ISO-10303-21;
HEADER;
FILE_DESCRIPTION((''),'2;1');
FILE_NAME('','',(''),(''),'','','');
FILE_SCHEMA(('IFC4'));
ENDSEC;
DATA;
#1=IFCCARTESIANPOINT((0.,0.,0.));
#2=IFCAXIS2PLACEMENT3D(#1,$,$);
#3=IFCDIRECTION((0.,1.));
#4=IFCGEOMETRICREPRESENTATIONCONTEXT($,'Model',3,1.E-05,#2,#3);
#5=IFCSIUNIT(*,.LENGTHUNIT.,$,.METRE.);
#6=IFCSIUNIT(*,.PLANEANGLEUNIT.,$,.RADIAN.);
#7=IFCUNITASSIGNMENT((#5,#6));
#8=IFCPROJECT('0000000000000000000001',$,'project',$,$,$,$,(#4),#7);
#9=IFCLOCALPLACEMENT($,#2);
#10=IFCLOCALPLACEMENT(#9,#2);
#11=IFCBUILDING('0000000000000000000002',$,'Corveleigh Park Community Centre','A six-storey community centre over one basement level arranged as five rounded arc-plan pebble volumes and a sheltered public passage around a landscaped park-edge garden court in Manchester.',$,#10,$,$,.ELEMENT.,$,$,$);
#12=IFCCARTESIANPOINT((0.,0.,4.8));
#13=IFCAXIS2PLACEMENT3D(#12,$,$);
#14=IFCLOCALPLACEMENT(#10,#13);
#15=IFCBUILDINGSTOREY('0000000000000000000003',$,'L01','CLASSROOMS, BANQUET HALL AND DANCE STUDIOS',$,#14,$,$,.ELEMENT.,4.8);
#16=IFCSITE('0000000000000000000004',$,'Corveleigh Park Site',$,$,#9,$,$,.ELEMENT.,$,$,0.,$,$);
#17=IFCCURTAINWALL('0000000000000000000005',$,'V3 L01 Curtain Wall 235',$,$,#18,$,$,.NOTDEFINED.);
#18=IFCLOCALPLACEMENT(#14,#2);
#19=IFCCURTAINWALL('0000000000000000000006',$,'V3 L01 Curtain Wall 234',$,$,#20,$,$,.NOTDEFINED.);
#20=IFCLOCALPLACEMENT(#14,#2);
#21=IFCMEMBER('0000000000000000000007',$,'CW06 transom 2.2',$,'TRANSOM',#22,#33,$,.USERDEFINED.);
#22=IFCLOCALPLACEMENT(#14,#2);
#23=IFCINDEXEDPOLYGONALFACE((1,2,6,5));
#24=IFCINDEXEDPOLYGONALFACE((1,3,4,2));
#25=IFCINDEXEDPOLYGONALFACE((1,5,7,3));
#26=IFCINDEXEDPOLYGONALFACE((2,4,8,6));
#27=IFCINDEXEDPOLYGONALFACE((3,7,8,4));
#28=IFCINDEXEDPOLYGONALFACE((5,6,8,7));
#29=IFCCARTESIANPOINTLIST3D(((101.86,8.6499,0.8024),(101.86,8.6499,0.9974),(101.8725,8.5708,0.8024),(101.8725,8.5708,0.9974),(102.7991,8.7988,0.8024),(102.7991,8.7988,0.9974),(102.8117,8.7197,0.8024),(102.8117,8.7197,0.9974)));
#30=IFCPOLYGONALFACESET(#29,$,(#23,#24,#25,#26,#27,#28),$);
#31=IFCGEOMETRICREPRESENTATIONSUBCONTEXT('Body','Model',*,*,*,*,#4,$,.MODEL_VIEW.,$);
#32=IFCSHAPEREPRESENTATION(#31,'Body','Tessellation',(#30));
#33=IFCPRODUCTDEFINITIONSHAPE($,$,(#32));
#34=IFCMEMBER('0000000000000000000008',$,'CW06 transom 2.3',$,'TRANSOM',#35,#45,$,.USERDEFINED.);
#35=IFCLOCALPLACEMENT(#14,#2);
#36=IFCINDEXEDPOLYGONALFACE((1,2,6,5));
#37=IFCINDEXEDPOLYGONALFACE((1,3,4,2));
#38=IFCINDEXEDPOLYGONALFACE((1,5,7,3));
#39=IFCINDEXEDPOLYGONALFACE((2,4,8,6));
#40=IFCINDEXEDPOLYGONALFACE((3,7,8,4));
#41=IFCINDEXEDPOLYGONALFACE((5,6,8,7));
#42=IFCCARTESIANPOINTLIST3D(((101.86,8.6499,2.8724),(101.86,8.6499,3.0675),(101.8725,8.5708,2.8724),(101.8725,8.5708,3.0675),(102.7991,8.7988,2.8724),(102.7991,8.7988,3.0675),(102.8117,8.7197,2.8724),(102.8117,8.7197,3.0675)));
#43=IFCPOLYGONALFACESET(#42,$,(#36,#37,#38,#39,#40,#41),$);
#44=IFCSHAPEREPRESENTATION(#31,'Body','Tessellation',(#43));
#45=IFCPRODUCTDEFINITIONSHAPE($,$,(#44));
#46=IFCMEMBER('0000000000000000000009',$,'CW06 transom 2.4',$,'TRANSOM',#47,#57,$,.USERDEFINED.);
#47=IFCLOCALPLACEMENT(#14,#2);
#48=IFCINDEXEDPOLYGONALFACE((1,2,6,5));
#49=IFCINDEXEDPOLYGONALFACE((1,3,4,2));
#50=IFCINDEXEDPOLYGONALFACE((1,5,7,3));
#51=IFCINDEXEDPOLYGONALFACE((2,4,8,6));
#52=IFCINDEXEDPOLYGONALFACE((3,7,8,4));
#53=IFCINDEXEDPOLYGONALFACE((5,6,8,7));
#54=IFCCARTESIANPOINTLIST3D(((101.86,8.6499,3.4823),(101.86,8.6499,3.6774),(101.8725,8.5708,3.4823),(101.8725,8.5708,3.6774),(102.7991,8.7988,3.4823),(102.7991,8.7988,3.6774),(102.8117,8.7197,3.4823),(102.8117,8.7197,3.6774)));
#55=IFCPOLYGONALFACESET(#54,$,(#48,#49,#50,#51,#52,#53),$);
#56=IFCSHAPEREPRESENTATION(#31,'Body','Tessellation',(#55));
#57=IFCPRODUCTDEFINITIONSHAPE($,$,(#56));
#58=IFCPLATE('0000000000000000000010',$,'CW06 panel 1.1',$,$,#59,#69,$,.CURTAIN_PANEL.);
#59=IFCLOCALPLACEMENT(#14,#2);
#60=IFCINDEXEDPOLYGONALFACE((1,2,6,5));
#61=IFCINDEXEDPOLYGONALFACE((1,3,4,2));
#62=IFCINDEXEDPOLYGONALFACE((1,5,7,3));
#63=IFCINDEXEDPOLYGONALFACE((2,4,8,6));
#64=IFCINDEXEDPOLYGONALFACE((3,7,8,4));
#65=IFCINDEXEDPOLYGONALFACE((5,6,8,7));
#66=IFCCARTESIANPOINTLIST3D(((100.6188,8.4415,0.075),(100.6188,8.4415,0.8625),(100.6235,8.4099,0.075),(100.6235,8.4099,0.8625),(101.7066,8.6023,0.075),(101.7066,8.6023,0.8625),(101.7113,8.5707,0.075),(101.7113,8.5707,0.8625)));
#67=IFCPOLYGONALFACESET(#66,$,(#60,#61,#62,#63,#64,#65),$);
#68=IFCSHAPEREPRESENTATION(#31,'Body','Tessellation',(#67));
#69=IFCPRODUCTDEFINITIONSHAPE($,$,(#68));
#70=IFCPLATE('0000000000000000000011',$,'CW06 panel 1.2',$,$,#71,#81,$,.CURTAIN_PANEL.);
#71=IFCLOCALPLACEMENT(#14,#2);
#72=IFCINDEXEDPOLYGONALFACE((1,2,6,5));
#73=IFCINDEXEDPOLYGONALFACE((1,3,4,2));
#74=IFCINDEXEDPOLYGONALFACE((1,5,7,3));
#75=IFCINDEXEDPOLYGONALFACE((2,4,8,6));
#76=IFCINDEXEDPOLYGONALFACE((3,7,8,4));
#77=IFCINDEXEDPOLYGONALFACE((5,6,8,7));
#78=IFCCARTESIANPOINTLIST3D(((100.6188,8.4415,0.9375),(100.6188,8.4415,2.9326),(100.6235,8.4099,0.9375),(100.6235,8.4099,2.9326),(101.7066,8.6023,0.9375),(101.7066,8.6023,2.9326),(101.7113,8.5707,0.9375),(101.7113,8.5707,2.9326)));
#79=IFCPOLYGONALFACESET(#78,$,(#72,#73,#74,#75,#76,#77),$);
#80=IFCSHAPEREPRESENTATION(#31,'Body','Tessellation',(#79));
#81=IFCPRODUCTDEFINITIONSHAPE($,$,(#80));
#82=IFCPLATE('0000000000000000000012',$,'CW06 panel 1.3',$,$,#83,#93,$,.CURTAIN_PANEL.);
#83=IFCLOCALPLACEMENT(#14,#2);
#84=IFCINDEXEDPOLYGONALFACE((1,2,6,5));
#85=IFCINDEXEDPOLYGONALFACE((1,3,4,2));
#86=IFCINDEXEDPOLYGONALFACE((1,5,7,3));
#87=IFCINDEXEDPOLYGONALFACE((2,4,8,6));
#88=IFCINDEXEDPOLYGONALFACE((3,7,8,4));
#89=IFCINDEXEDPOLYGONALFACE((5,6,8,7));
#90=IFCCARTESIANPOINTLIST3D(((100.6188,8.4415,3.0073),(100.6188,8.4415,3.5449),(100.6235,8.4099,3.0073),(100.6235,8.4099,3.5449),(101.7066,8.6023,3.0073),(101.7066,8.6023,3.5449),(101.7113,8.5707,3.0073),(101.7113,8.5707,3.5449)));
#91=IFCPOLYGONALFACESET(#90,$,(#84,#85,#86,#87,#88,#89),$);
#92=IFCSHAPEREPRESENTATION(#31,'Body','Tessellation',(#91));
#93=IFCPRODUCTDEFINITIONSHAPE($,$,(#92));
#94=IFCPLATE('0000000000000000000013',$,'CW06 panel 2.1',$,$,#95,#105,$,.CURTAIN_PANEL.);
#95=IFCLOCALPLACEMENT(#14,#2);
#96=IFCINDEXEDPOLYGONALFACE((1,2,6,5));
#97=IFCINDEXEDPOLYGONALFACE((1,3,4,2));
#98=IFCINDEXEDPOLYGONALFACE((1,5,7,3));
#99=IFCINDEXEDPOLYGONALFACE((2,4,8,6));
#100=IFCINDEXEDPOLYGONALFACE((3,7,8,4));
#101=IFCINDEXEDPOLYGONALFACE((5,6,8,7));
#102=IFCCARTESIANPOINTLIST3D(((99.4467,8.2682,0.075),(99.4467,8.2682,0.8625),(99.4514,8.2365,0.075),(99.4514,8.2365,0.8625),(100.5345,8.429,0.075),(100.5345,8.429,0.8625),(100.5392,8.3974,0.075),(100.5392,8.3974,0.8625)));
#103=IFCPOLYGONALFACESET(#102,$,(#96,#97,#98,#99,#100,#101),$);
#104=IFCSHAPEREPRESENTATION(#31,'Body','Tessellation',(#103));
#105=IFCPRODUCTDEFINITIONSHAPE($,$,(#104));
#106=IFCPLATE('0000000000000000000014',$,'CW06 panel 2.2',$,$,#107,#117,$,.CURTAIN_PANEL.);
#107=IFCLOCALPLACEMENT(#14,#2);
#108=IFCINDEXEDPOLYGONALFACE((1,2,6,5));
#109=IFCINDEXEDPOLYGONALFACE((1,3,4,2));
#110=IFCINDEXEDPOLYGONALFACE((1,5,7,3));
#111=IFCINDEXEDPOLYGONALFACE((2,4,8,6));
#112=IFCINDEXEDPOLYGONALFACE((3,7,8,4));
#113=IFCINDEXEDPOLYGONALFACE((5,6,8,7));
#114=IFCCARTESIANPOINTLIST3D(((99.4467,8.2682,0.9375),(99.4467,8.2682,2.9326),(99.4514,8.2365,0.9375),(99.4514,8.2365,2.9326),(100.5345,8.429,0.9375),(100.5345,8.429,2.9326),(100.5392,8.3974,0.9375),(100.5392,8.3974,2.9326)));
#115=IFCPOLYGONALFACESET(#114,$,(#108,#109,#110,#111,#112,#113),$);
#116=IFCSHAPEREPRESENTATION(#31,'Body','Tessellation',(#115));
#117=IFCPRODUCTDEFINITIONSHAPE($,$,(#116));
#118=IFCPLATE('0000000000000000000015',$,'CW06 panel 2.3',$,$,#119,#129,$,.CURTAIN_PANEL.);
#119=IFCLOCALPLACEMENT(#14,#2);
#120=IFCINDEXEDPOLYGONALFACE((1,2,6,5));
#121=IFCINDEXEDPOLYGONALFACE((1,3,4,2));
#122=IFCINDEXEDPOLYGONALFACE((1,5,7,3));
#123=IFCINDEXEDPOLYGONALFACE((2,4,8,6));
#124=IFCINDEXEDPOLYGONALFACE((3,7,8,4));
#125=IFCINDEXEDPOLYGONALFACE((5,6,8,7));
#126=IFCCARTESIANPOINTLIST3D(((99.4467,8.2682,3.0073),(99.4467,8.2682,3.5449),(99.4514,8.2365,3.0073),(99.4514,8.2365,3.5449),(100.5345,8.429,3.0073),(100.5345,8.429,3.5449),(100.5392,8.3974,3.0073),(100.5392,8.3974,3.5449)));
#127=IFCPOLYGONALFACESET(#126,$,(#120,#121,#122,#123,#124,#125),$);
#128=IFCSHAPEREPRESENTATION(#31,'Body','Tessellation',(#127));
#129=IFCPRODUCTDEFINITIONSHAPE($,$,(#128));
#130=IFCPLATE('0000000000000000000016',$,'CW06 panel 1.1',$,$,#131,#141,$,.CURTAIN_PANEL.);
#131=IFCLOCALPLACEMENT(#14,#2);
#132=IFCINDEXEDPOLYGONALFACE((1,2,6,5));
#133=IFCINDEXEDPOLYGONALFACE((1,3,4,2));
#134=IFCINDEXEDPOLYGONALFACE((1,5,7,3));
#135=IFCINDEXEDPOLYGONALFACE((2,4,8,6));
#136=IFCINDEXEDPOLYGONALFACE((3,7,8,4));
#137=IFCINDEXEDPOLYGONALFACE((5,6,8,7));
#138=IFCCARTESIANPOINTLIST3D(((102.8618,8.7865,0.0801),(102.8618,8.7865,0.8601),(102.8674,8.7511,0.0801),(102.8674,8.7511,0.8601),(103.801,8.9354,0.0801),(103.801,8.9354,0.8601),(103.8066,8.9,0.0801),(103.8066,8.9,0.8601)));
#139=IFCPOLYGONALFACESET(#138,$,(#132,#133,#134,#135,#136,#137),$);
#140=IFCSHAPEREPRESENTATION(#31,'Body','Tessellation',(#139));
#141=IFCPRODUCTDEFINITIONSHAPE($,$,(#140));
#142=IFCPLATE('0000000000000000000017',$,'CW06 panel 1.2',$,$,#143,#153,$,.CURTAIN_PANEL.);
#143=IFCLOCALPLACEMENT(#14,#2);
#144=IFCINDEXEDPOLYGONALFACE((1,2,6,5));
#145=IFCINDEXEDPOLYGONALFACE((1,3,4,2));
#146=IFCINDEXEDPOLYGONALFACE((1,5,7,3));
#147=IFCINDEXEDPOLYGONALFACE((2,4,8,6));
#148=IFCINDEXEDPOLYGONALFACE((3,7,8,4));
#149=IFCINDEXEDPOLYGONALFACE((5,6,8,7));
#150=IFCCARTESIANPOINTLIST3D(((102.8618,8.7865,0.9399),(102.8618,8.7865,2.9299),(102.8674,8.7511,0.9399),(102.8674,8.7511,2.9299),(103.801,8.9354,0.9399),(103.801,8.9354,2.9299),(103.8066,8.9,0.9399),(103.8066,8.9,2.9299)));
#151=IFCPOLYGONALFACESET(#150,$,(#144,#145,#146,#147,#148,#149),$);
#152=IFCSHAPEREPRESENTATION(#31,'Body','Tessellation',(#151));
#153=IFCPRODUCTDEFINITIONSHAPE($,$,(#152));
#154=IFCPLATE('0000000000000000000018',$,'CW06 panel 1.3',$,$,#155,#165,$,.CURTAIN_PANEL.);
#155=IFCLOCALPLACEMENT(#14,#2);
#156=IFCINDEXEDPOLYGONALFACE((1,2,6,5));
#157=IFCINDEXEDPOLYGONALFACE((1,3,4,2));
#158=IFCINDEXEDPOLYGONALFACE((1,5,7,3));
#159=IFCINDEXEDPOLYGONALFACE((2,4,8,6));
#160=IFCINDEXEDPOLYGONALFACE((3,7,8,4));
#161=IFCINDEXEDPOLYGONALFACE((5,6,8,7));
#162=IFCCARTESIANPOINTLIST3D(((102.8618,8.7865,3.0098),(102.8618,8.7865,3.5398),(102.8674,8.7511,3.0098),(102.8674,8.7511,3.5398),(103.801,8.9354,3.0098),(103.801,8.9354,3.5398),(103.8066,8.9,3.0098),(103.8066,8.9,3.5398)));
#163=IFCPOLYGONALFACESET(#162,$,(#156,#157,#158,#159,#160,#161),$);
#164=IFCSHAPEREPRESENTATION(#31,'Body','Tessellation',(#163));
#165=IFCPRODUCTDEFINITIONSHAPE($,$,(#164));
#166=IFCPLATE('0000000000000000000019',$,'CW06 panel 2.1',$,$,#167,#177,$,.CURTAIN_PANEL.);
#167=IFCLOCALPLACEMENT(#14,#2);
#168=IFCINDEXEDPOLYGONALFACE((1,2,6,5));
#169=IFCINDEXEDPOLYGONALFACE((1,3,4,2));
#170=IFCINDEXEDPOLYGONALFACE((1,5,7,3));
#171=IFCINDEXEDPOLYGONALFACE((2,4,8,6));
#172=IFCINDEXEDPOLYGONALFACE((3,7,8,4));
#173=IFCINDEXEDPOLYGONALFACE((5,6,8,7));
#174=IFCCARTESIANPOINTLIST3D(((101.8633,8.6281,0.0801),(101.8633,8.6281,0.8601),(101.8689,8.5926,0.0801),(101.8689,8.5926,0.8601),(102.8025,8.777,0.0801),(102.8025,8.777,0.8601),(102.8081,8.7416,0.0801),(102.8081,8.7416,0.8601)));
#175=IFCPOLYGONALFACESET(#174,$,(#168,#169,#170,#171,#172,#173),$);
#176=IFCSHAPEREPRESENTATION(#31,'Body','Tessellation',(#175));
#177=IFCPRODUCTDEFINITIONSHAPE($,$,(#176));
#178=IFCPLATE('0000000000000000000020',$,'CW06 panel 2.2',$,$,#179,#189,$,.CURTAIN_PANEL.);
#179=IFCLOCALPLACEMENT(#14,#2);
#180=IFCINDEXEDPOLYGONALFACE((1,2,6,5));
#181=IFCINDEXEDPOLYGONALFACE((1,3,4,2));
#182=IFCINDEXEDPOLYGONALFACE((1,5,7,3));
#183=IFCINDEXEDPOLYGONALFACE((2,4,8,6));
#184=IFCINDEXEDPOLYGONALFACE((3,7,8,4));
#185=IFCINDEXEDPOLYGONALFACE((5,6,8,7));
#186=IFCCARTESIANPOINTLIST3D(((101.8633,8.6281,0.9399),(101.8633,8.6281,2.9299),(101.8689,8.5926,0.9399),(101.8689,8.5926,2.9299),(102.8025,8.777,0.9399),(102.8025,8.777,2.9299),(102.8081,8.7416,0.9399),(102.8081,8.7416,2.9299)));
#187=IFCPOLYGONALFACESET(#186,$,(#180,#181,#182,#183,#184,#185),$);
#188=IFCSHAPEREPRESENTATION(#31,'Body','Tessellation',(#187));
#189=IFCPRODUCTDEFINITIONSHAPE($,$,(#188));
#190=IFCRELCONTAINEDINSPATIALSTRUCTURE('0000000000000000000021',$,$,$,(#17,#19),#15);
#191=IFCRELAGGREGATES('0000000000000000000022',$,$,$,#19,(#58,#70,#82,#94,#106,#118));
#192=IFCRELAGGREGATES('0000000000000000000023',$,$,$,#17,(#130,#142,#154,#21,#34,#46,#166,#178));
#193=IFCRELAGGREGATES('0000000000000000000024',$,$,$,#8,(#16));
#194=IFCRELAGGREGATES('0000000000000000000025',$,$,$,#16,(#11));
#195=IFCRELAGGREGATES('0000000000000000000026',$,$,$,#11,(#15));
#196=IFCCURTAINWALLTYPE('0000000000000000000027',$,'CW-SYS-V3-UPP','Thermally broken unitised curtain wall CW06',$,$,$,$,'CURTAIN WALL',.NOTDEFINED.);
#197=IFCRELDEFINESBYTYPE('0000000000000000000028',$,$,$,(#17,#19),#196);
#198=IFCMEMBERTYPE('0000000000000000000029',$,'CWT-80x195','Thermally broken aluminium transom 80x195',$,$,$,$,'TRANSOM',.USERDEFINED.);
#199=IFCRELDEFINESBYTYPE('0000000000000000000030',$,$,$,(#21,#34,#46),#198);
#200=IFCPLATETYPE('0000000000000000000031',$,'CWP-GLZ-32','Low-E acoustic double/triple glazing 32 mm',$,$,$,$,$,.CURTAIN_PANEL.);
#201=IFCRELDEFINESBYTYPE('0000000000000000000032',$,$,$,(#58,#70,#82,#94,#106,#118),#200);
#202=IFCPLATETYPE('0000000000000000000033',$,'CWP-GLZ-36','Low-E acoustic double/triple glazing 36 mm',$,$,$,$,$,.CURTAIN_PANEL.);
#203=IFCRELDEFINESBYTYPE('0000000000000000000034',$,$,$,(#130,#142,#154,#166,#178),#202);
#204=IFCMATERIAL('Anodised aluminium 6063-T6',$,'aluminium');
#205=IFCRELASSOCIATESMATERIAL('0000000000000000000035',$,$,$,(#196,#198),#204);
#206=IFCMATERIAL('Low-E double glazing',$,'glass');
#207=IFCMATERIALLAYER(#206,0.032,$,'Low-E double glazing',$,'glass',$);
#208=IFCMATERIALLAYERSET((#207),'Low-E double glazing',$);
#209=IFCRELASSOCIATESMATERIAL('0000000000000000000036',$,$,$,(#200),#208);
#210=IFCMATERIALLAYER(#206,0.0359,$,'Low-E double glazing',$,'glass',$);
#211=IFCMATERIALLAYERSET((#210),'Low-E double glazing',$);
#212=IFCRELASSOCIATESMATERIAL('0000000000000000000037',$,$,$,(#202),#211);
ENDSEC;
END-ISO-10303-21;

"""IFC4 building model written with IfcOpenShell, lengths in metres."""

from ifc_helpers import new_model, si_unit, direction, frame, origin, origin_2d, place, context, subcontext, project, spatial, rectangle, extrude, material, layer, layer_set, material_profile, profile_set, type_object, element, aggregate, save


model = new_model("IFC4")

# Units and contexts
model_context = context("Model", 3, precision=1e-05, world=origin(), true_north=direction((0.0, 1.0)))
body_context = subcontext(model_context, "Body", "Model", "MODEL_VIEW")
ifc_project = project(units=[si_unit("LENGTHUNIT", "METRE"), si_unit("PLANEANGLEUNIT", "RADIAN")], contexts=[model_context])

# Site, building, storey
site_placement = place(None, origin())
site = spatial("IfcSite", under=ifc_project, at=site_placement, Name="Corveleigh Park Site", CompositionType="ELEMENT", RefElevation=0.0)
building_placement = place(site_placement, origin())
building = spatial("IfcBuilding", under=site, at=building_placement, Name="Corveleigh Park Community Centre", Description="A six-storey community centre over one basement level arranged as five rounded arc-plan pebble volumes and a sheltered public passage around a landscaped park-edge garden court in Manchester.", CompositionType="ELEMENT")
storey_placement = place(building_placement, frame((0.0, 0.0, 4.8)))
storey = spatial("IfcBuildingStorey", under=building, at=storey_placement, Name="L01", Description="CLASSROOMS, BANQUET HALL AND DANCE STUDIOS", CompositionType="ELEMENT", Elevation=4.8)

# Curtain walls
ifc_material_1 = material(Name="Anodised aluminium 6063-T6", Category="aluminium")
curtain_wall_type = type_object("IfcCurtainWallType", Name="CW-SYS-V3-UPP", Description="Thermally broken unitised curtain wall CW06", ElementType="CURTAIN WALL", PredefinedType="NOTDEFINED", material=ifc_material_1)
curtain_wall_1_placement = place(storey_placement, origin())
curtain_wall_1 = element("IfcCurtainWall", 1, at=curtain_wall_1_placement, inside=storey, type_object=curtain_wall_type, Name="V3 L01 Curtain Wall 235", PredefinedType="NOTDEFINED")
curtain_wall_2_placement = place(storey_placement, origin())
curtain_wall_2 = element("IfcCurtainWall", 2, at=curtain_wall_2_placement, inside=storey, type_object=curtain_wall_type, Name="V3 L01 Curtain Wall 234", PredefinedType="NOTDEFINED")

# Members
ifc_material_profile_1 = material_profile(ifc_material_1, rectangle(XDim=0.0801, YDim=0.1951, at=origin_2d()), Name="ALU-T80x195", Category="aluminium")
ifc_profile_set_1 = profile_set([ifc_material_profile_1], Name="Anodised aluminium 6063-T6")
member_type_1 = type_object("IfcMemberType", Name="CWT-80x195", Description="Thermally broken aluminium transom 80x195", ElementType="TRANSOM", PredefinedType="USERDEFINED", material=ifc_profile_set_1)
member_1_placement = place(storey_placement, frame((102.8054, 8.7593, 0.8999), z_axis=(-0.987661, -0.156609, 0.0), x_axis=(0.156609, -0.987661, 0.0)))
member_1 = element("IfcMember", 3, at=member_1_placement, type_object=member_type_1, Name="CW06 transom 2.2", ObjectType="TRANSOM", PredefinedType="USERDEFINED", context=body_context, shape_type="SweptSolid", body=[
    extrude(rectangle(XDim=0.0801, YDim=0.1951, at=origin_2d()), origin(), (0.0, 0.0, 1.0), 0.9509),
])
member_2_placement = place(storey_placement, frame((102.8054, 8.7593, 2.97), z_axis=(-0.987661, -0.156609, 0.0), x_axis=(0.156609, -0.987661, 0.0)))
member_2 = element("IfcMember", 4, at=member_2_placement, type_object=member_type_1, Name="CW06 transom 2.3", ObjectType="TRANSOM", PredefinedType="USERDEFINED", context=body_context, shape_type="SweptSolid", body=[
    extrude(rectangle(XDim=0.0801, YDim=0.1951, at=origin_2d()), origin(), (0.0, 0.0, 1.0), 0.9509),
])
member_3_placement = place(storey_placement, frame((102.8054, 8.7593, 3.5798), z_axis=(-0.987661, -0.156609, 0.0), x_axis=(0.156609, -0.987661, 0.0)))
member_3 = element("IfcMember", 5, at=member_3_placement, type_object=member_type_1, Name="CW06 transom 2.4", ObjectType="TRANSOM", PredefinedType="USERDEFINED", context=body_context, shape_type="SweptSolid", body=[
    extrude(rectangle(XDim=0.0801, YDim=0.1951, at=origin_2d()), origin(), (0.0, 0.0, 1.0), 0.9509),
])

# Plates
ifc_material_2 = material(Name="Low-E double glazing", Category="glass")
ifc_layer_1 = layer(ifc_material_2, 0.032, Name="Low-E double glazing", Category="glass")
ifc_layer_set_1 = layer_set([ifc_layer_1], Name="Low-E double glazing")
plate_type_1 = type_object("IfcPlateType", Name="CWP-GLZ-32", Description="Low-E acoustic double/triple glazing 32 mm", PredefinedType="CURTAIN_PANEL", material=ifc_layer_set_1)
plate_1_placement = place(storey_placement, frame((101.165, 8.5061, 0.075), z_axis=(0.0, 0.0, 1.0), x_axis=(-0.989245, -0.146268, 0.0)))
plate_1 = element("IfcPlate", 6, at=plate_1_placement, type_object=plate_type_1, Name="CW06 panel 1.1", PredefinedType="CURTAIN_PANEL", context=body_context, shape_type="SweptSolid", body=[
    extrude(rectangle(XDim=1.0996, YDim=0.032, at=origin_2d()), origin(), (0.0, 0.0, 1.0), 0.7876),
])
plate_2_placement = place(storey_placement, frame((101.165, 8.5061, 0.9375), z_axis=(0.0, 0.0, 1.0), x_axis=(-0.989245, -0.146268, 0.0)))
plate_2 = element("IfcPlate", 7, at=plate_2_placement, type_object=plate_type_1, Name="CW06 panel 1.2", PredefinedType="CURTAIN_PANEL", context=body_context, shape_type="SweptSolid", body=[
    extrude(rectangle(XDim=1.0996, YDim=0.032, at=origin_2d()), origin(), (0.0, 0.0, 1.0), 1.9951),
])
plate_3_placement = place(storey_placement, frame((101.165, 8.5061, 3.0073), z_axis=(0.0, 0.0, 1.0), x_axis=(-0.989245, -0.146268, 0.0)))
plate_3 = element("IfcPlate", 8, at=plate_3_placement, type_object=plate_type_1, Name="CW06 panel 1.3", PredefinedType="CURTAIN_PANEL", context=body_context, shape_type="SweptSolid", body=[
    extrude(rectangle(XDim=1.0996, YDim=0.032, at=origin_2d()), origin(), (0.0, 0.0, 1.0), 0.5376),
])
plate_4_placement = place(storey_placement, frame((99.9929, 8.3328, 0.075), z_axis=(0.0, 0.0, 1.0), x_axis=(-0.989245, -0.146268, 0.0)))
plate_4 = element("IfcPlate", 9, at=plate_4_placement, type_object=plate_type_1, Name="CW06 panel 2.1", PredefinedType="CURTAIN_PANEL", context=body_context, shape_type="SweptSolid", body=[
    extrude(rectangle(XDim=1.0996, YDim=0.032, at=origin_2d()), origin(), (0.0, 0.0, 1.0), 0.7876),
])
plate_5_placement = place(storey_placement, frame((99.9929, 8.3328, 0.9375), z_axis=(0.0, 0.0, 1.0), x_axis=(-0.989245, -0.146268, 0.0)))
plate_5 = element("IfcPlate", 10, at=plate_5_placement, type_object=plate_type_1, Name="CW06 panel 2.2", PredefinedType="CURTAIN_PANEL", context=body_context, shape_type="SweptSolid", body=[
    extrude(rectangle(XDim=1.0996, YDim=0.032, at=origin_2d()), origin(), (0.0, 0.0, 1.0), 1.9951),
])
plate_6_placement = place(storey_placement, frame((99.9929, 8.3328, 3.0073), z_axis=(0.0, 0.0, 1.0), x_axis=(-0.989245, -0.146268, 0.0)))
plate_6 = element("IfcPlate", 11, at=plate_6_placement, type_object=plate_type_1, Name="CW06 panel 2.3", PredefinedType="CURTAIN_PANEL", context=body_context, shape_type="SweptSolid", body=[
    extrude(rectangle(XDim=1.0996, YDim=0.032, at=origin_2d()), origin(), (0.0, 0.0, 1.0), 0.5376),
])
aggregate(curtain_wall_2, [plate_1, plate_2, plate_3, plate_4, plate_5, plate_6])
ifc_layer_2 = layer(ifc_material_2, 0.0359, Name="Low-E double glazing", Category="glass")
ifc_layer_set_2 = layer_set([ifc_layer_2], Name="Low-E double glazing")
plate_type_2 = type_object("IfcPlateType", Name="CWP-GLZ-36", Description="Low-E acoustic double/triple glazing 36 mm", PredefinedType="CURTAIN_PANEL", material=ifc_layer_set_2)
plate_7_placement = place(storey_placement, frame((103.3342, 8.8433, 0.0801), z_axis=(0.0, 0.0, 1.0), x_axis=(-0.987661, -0.156604, 0.0)))
plate_7 = element("IfcPlate", 12, at=plate_7_placement, type_object=plate_type_2, Name="CW06 panel 1.1", PredefinedType="CURTAIN_PANEL", context=body_context, shape_type="SweptSolid", body=[
    extrude(rectangle(XDim=0.9509, YDim=0.0359, at=origin_2d()), origin(), (0.0, 0.0, 1.0), 0.78),
])
plate_8_placement = place(storey_placement, frame((103.3342, 8.8433, 0.9399), z_axis=(0.0, 0.0, 1.0), x_axis=(-0.987661, -0.156604, 0.0)))
plate_8 = element("IfcPlate", 13, at=plate_8_placement, type_object=plate_type_2, Name="CW06 panel 1.2", PredefinedType="CURTAIN_PANEL", context=body_context, shape_type="SweptSolid", body=[
    extrude(rectangle(XDim=0.9509, YDim=0.0359, at=origin_2d()), origin(), (0.0, 0.0, 1.0), 1.99),
])
plate_9_placement = place(storey_placement, frame((103.3342, 8.8433, 3.0098), z_axis=(0.0, 0.0, 1.0), x_axis=(-0.987661, -0.156604, 0.0)))
plate_9 = element("IfcPlate", 14, at=plate_9_placement, type_object=plate_type_2, Name="CW06 panel 1.3", PredefinedType="CURTAIN_PANEL", context=body_context, shape_type="SweptSolid", body=[
    extrude(rectangle(XDim=0.9509, YDim=0.0359, at=origin_2d()), origin(), (0.0, 0.0, 1.0), 0.53),
])
plate_10_placement = place(storey_placement, frame((102.3357, 8.6848, 0.0801), z_axis=(0.0, 0.0, 1.0), x_axis=(-0.987661, -0.156604, 0.0)))
plate_10 = element("IfcPlate", 15, at=plate_10_placement, type_object=plate_type_2, Name="CW06 panel 2.1", PredefinedType="CURTAIN_PANEL", context=body_context, shape_type="SweptSolid", body=[
    extrude(rectangle(XDim=0.9509, YDim=0.0359, at=origin_2d()), origin(), (0.0, 0.0, 1.0), 0.78),
])
plate_11_placement = place(storey_placement, frame((102.3357, 8.6848, 0.9399), z_axis=(0.0, 0.0, 1.0), x_axis=(-0.987661, -0.156604, 0.0)))
plate_11 = element("IfcPlate", 16, at=plate_11_placement, type_object=plate_type_2, Name="CW06 panel 2.2", PredefinedType="CURTAIN_PANEL", context=body_context, shape_type="SweptSolid", body=[
    extrude(rectangle(XDim=0.9509, YDim=0.0359, at=origin_2d()), origin(), (0.0, 0.0, 1.0), 1.99),
])
aggregate(curtain_wall_1, [plate_7, plate_8, plate_9, member_1, member_2, member_3, plate_10, plate_11])

save(model, "model.ifc")
